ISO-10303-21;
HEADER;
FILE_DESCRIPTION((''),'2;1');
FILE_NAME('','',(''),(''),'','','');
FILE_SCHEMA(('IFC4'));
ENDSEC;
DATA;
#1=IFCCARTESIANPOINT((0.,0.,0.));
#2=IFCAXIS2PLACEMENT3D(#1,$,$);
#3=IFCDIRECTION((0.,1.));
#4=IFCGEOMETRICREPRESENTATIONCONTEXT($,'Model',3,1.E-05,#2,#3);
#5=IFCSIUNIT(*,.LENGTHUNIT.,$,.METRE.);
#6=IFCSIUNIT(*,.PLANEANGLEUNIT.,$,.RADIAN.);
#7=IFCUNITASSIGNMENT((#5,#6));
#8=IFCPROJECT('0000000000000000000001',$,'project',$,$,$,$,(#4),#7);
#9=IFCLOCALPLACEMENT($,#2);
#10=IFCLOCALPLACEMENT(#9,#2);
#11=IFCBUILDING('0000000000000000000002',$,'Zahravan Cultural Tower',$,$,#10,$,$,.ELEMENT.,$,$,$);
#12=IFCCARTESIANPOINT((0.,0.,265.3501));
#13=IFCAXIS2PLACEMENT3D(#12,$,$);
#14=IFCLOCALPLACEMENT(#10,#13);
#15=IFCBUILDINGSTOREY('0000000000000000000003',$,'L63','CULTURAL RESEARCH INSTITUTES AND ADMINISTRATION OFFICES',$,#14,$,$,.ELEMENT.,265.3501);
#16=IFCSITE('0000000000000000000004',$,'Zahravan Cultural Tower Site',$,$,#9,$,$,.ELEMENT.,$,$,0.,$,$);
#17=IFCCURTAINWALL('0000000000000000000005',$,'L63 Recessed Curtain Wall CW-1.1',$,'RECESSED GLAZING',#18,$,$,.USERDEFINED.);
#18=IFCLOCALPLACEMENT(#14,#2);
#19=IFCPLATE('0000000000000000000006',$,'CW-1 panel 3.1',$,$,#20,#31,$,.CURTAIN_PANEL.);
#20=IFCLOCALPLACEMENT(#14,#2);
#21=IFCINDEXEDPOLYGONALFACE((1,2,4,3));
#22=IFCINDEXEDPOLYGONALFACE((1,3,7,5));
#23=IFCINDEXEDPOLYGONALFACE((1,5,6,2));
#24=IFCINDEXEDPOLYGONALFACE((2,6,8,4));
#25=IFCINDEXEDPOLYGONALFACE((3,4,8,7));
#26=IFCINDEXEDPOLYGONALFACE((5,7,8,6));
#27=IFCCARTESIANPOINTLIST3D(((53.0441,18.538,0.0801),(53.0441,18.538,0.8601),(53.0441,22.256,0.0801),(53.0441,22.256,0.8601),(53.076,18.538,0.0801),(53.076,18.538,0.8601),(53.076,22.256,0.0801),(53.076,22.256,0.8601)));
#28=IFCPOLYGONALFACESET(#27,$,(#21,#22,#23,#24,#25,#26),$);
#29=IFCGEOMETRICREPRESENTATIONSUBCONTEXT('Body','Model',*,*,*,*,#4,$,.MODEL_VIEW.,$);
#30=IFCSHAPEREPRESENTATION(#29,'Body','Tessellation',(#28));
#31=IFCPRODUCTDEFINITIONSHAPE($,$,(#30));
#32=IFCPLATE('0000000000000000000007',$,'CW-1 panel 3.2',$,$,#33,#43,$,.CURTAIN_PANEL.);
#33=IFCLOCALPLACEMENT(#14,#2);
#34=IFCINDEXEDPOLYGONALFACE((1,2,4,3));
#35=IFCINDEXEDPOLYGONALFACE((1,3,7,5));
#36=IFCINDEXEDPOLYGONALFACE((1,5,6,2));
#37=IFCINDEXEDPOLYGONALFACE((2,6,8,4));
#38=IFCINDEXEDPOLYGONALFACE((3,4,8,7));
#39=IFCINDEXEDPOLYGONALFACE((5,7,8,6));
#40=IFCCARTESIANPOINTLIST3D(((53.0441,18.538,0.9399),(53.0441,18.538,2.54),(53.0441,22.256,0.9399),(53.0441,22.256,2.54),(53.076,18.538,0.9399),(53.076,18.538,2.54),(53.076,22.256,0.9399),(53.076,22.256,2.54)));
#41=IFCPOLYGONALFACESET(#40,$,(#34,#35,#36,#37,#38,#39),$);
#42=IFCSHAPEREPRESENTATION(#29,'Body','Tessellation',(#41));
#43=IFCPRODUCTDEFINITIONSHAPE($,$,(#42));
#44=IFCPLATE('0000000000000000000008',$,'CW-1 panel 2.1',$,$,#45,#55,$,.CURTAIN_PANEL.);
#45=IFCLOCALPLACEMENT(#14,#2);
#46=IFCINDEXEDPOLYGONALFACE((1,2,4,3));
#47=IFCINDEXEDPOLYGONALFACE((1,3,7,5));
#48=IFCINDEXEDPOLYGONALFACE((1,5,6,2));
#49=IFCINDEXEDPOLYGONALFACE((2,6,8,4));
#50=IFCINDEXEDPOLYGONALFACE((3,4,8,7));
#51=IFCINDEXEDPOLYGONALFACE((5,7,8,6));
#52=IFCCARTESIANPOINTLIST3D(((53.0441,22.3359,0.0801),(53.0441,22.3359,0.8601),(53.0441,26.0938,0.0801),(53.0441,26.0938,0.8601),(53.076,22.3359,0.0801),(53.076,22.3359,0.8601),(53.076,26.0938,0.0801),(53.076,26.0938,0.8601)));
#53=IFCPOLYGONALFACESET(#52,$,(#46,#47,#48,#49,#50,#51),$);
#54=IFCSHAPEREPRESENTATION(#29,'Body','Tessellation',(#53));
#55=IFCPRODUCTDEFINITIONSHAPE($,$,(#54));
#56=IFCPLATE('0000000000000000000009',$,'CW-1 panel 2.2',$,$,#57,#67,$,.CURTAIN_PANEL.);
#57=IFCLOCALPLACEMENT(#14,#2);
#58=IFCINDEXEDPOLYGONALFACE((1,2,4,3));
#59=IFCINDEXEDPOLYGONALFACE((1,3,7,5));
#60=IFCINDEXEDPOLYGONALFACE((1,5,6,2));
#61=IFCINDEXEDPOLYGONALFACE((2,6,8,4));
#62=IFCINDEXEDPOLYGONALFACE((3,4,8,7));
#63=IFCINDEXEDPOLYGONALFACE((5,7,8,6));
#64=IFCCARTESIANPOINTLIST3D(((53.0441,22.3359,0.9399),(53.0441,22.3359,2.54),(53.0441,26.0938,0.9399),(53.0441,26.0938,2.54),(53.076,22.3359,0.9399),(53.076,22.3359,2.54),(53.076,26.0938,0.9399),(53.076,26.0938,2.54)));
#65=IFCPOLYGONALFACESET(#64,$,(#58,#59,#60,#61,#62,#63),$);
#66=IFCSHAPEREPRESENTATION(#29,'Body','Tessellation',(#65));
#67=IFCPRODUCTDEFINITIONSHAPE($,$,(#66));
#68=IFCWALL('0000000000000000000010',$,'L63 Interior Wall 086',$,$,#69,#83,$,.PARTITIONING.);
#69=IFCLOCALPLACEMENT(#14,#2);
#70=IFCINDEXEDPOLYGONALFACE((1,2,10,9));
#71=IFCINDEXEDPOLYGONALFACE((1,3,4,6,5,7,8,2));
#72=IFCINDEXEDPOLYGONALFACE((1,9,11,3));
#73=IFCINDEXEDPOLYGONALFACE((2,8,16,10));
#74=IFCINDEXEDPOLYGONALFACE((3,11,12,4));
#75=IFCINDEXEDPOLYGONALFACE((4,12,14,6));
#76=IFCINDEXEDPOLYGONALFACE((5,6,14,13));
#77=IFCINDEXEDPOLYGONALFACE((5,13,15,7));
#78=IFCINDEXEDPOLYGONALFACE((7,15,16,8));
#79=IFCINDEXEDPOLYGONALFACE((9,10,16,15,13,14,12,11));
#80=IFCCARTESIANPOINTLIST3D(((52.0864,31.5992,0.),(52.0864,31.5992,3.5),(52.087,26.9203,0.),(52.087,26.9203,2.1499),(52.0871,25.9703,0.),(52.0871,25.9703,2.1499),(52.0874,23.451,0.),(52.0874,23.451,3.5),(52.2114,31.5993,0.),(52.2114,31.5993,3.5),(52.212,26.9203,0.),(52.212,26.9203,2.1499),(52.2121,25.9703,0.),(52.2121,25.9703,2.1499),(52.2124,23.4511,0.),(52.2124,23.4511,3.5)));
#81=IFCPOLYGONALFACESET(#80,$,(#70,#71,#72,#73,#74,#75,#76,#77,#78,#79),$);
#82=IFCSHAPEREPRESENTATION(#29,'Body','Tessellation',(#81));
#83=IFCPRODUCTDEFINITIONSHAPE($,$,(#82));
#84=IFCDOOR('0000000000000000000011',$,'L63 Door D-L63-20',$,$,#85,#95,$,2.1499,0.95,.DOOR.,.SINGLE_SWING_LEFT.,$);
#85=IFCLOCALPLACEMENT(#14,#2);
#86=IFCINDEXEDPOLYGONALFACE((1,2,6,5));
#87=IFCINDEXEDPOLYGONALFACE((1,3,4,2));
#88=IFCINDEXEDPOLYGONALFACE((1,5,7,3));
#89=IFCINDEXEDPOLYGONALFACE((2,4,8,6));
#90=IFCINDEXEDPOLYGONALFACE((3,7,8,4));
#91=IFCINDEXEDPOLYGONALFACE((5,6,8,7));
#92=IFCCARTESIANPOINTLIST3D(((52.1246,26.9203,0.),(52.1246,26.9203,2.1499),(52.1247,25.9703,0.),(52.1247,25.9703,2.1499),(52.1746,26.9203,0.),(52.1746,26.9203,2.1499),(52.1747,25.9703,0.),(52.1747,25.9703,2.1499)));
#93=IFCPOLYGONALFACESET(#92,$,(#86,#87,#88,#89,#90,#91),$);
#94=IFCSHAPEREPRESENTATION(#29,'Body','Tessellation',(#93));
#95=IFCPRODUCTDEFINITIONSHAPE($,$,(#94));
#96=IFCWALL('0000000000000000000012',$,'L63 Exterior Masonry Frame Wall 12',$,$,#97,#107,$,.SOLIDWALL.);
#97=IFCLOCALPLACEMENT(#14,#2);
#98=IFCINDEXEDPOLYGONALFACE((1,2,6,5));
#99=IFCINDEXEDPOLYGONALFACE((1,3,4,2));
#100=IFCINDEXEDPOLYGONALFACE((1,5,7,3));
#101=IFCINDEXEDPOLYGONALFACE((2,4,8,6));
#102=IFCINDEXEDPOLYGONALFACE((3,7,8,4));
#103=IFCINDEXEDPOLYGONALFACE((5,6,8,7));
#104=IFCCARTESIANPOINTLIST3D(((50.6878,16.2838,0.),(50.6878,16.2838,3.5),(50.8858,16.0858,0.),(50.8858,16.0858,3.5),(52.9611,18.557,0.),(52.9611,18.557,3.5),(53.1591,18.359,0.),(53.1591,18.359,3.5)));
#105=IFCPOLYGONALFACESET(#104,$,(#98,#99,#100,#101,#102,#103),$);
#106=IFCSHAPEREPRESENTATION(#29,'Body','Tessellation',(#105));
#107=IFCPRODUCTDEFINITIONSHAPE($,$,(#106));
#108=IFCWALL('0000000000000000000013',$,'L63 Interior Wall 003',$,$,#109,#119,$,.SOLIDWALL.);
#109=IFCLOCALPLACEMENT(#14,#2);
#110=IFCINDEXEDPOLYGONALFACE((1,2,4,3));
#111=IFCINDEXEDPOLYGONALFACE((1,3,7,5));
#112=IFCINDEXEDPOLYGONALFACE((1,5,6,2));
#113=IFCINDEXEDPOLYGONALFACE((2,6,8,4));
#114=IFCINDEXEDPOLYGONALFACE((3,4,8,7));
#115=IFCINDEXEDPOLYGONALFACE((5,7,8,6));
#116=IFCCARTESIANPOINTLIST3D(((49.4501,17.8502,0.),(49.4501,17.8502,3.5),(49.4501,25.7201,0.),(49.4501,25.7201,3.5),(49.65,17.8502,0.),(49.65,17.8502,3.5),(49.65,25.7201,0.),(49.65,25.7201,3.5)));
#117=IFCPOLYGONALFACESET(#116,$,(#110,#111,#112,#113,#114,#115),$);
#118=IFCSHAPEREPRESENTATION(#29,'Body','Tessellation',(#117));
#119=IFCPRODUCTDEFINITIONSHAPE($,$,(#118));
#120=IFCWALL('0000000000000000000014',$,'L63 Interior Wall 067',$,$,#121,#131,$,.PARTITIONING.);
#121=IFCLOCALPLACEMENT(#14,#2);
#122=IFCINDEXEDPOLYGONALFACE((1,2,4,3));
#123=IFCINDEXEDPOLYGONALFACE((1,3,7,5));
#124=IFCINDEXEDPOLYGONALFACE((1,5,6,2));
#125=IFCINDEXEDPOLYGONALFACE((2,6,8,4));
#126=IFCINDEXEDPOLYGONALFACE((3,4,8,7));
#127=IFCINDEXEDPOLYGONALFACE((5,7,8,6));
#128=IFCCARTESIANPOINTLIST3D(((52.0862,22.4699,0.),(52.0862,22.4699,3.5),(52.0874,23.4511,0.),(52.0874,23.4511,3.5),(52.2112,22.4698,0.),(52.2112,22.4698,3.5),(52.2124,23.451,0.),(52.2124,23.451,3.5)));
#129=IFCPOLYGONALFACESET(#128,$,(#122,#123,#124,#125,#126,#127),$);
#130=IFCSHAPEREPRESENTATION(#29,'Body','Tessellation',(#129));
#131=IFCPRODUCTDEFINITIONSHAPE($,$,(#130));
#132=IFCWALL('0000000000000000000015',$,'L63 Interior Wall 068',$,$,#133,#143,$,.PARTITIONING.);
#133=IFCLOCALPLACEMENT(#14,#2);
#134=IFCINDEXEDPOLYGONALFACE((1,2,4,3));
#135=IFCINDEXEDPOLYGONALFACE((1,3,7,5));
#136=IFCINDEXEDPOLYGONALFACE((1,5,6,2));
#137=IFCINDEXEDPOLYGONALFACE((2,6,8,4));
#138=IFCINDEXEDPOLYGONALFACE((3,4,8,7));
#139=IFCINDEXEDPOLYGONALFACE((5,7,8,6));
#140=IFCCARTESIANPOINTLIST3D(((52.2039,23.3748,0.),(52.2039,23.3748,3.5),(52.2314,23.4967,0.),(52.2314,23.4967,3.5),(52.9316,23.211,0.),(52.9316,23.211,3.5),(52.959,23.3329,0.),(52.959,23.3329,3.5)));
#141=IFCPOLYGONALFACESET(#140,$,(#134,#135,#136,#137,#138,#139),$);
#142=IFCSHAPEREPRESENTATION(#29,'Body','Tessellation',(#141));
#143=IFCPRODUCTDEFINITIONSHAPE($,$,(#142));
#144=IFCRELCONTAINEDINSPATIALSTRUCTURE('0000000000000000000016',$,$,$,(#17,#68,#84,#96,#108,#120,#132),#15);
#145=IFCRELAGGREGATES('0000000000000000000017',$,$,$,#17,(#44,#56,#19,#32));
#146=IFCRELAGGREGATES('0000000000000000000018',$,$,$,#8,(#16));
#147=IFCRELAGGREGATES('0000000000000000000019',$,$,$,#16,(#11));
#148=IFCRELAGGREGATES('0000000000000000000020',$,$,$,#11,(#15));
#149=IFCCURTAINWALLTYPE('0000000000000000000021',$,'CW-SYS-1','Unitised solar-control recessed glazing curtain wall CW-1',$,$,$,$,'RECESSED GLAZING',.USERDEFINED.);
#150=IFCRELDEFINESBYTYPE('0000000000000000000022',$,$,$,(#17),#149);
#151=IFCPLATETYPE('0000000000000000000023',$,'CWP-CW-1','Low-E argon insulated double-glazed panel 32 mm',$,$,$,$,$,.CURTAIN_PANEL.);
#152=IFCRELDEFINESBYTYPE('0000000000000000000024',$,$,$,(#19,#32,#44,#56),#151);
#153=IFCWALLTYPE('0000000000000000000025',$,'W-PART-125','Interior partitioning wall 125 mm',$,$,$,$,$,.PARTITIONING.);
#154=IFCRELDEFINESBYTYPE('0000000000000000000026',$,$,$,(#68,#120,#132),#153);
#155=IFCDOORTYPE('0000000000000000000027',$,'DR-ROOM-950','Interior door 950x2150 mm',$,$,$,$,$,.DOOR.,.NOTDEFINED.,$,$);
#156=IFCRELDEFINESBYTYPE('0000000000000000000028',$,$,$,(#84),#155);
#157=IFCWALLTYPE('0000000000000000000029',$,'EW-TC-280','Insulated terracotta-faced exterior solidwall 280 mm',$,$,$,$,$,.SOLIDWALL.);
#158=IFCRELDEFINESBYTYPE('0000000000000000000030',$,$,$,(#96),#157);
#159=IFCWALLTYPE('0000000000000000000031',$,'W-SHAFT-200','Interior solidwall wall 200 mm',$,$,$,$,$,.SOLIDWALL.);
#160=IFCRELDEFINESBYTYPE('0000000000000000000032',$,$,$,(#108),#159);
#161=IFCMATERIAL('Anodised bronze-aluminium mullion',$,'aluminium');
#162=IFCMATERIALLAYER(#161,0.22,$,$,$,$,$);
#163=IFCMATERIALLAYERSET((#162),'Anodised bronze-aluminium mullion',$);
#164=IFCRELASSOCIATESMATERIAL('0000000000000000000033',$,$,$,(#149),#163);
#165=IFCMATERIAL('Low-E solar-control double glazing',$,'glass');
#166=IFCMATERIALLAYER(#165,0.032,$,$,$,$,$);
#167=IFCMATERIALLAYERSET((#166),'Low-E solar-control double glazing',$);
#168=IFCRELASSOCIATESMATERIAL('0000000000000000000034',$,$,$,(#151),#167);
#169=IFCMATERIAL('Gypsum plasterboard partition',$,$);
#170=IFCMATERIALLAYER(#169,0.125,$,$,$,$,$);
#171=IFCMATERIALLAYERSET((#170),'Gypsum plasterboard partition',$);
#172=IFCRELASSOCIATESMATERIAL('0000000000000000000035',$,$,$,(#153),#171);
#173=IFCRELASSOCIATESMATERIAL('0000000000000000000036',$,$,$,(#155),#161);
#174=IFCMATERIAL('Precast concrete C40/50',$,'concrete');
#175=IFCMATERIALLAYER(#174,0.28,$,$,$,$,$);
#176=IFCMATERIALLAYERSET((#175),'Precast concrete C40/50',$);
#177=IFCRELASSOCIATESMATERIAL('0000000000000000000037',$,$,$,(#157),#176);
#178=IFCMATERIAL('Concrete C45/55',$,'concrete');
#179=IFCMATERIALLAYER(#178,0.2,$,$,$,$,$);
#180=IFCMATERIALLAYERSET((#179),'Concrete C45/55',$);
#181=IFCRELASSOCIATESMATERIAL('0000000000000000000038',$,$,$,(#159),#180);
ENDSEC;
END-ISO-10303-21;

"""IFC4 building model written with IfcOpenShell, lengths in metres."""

from ifc_helpers import new_model, si_unit, direction, frame, frame_2d, origin, origin_2d, place, context, subcontext, project, spatial, rectangle, extrude, source, transform, mapped, material, layer, layer_set, type_object, element, fill, aggregate, save


model = new_model("IFC4")

# Units and contexts
model_context = context("Model", 3, precision=1e-05, world=origin(), true_north=direction((0.0, 1.0)))
body_context = subcontext(model_context, "Body", "Model", "MODEL_VIEW")
ifc_project = project(units=[si_unit("LENGTHUNIT", "METRE"), si_unit("PLANEANGLEUNIT", "RADIAN")], contexts=[model_context])

# Site, building, storey
site_placement = place(None, origin())
site = spatial("IfcSite", under=ifc_project, at=site_placement, Name="Zahravan Cultural Tower Site", CompositionType="ELEMENT", RefElevation=0.0)
building_placement = place(site_placement, origin())
building = spatial("IfcBuilding", under=site, at=building_placement, Name="Zahravan Cultural Tower", CompositionType="ELEMENT")
storey_placement = place(building_placement, frame((0.0, 0.0, 265.3501)))
storey = spatial("IfcBuildingStorey", under=building, at=storey_placement, Name="L63", Description="CULTURAL RESEARCH INSTITUTES AND ADMINISTRATION OFFICES", CompositionType="ELEMENT", Elevation=265.3501)

# Curtain wall, plates
ifc_material_1 = material(Name="Anodised bronze-aluminium mullion", Category="aluminium")
ifc_layer_1 = layer(ifc_material_1, 0.22)
ifc_layer_set_1 = layer_set([ifc_layer_1], Name="Anodised bronze-aluminium mullion")
curtain_wall_type = type_object("IfcCurtainWallType", Name="CW-SYS-1", Description="Unitised solar-control recessed glazing curtain wall CW-1", ElementType="RECESSED GLAZING", PredefinedType="USERDEFINED", material=ifc_layer_set_1)
curtain_wall_placement = place(storey_placement, origin())
curtain_wall = element("IfcCurtainWall", 1, at=curtain_wall_placement, inside=storey, type_object=curtain_wall_type, Name="L63 Recessed Curtain Wall CW-1.1", ObjectType="RECESSED GLAZING", PredefinedType="USERDEFINED")
ifc_material_2 = material(Name="Low-E solar-control double glazing", Category="glass")
ifc_layer_2 = layer(ifc_material_2, 0.032)
ifc_layer_set_2 = layer_set([ifc_layer_2], Name="Low-E solar-control double glazing")
plate_type = type_object("IfcPlateType", Name="CWP-CW-1", Description="Low-E argon insulated double-glazed panel 32 mm", PredefinedType="CURTAIN_PANEL", material=ifc_layer_set_2)
shared_shape_1 = source(origin(), body_context, "Body", "SweptSolid", [
    extrude(rectangle(XDim=3.718, YDim=0.032, at=origin_2d()), origin(), (0.0, 0.0, 1.0), 0.78),
])
plate_1_placement = place(storey_placement, frame((53.0601, 20.397, 0.0801), z_axis=(0.0, 0.0, 1.0), x_axis=(0.0, -1.0, 0.0)))
plate_1 = element("IfcPlate", 2, at=plate_1_placement, type_object=plate_type, Name="CW-1 panel 3.1", PredefinedType="CURTAIN_PANEL", context=body_context, shape_type="MappedRepresentation", body=[
    mapped(shared_shape_1, transform((0.0, 0.0, 0.0), x_axis=(1.0, 0.0, 0.0), y_axis=(0.0, 1.0, 0.0), z_axis=(0.0, 0.0, 1.0), scale=1.0)),
])
shared_shape_2 = source(origin(), body_context, "Body", "SweptSolid", [
    extrude(rectangle(XDim=3.718, YDim=0.032, at=origin_2d()), origin(), (0.0, 0.0, 1.0), 1.6001),
])
plate_2_placement = place(storey_placement, frame((53.0601, 20.397, 0.9399), z_axis=(0.0, 0.0, 1.0), x_axis=(0.0, -1.0, 0.0)))
plate_2 = element("IfcPlate", 3, at=plate_2_placement, type_object=plate_type, Name="CW-1 panel 3.2", PredefinedType="CURTAIN_PANEL", context=body_context, shape_type="MappedRepresentation", body=[
    mapped(shared_shape_2, transform((0.0, 0.0, 0.0), x_axis=(1.0, 0.0, 0.0), y_axis=(0.0, 1.0, 0.0), z_axis=(0.0, 0.0, 1.0), scale=1.0)),
])
shared_shape_3 = source(origin(), body_context, "Body", "SweptSolid", [
    extrude(rectangle(XDim=3.7578, YDim=0.032, at=origin_2d()), origin(), (0.0, 0.0, 1.0), 0.78),
])
plate_3_placement = place(storey_placement, frame((53.0601, 24.2148, 0.0801), z_axis=(0.0, 0.0, 1.0), x_axis=(0.0, -1.0, 0.0)))
plate_3 = element("IfcPlate", 4, at=plate_3_placement, type_object=plate_type, Name="CW-1 panel 2.1", PredefinedType="CURTAIN_PANEL", context=body_context, shape_type="MappedRepresentation", body=[
    mapped(shared_shape_3, transform((0.0, 0.0, 0.0), x_axis=(1.0, 0.0, 0.0), y_axis=(0.0, 1.0, 0.0), z_axis=(0.0, 0.0, 1.0), scale=1.0)),
])
shared_shape_4 = source(origin(), body_context, "Body", "SweptSolid", [
    extrude(rectangle(XDim=3.7578, YDim=0.032, at=origin_2d()), origin(), (0.0, 0.0, 1.0), 1.6001),
])
plate_4_placement = place(storey_placement, frame((53.0601, 24.2148, 0.9399), z_axis=(0.0, 0.0, 1.0), x_axis=(0.0, -1.0, 0.0)))
plate_4 = element("IfcPlate", 5, at=plate_4_placement, type_object=plate_type, Name="CW-1 panel 2.2", PredefinedType="CURTAIN_PANEL", context=body_context, shape_type="MappedRepresentation", body=[
    mapped(shared_shape_4, transform((0.0, 0.0, 0.0), x_axis=(1.0, 0.0, 0.0), y_axis=(0.0, 1.0, 0.0), z_axis=(0.0, 0.0, 1.0), scale=1.0)),
])
aggregate(curtain_wall, [plate_3, plate_4, plate_1, plate_2])

# Wall, opening, door
ifc_material_3 = material(Name="Gypsum plasterboard partition")
ifc_layer_3 = layer(ifc_material_3, 0.125)
ifc_layer_set_3 = layer_set([ifc_layer_3], Name="Gypsum plasterboard partition")
wall_type_1 = type_object("IfcWallType", Name="W-PART-125", Description="Interior partitioning wall 125 mm", PredefinedType="PARTITIONING", material=ifc_layer_set_3)
door_type = type_object("IfcDoorType", Name="DR-ROOM-950", Description="Interior door 950x2150 mm", OperationType="NOTDEFINED", PredefinedType="DOOR", material=ifc_material_1)
shared_shape_5 = source(origin(), body_context, "Body", "SweptSolid", [
    extrude(rectangle(XDim=0.95, YDim=2.1499, at=frame_2d((0.4751, 1.075))), frame((0.0, 0.0249, 0.0), z_axis=(0.0, -1.0, 0.0), x_axis=(1.0, 0.0, 0.0)), (0.0, 0.0, 1.0), 0.05),
])
wall_1_placement = place(storey_placement, frame((52.1499, 23.4509, 0.0), z_axis=(0.0, 0.0, 1.0), x_axis=(-0.00012, 1.0, 0.0)))
wall_1 = element("IfcWall", 6, at=wall_1_placement, inside=storey, type_object=wall_type_1, Name="L63 Interior Wall 086", PredefinedType="PARTITIONING", context=body_context, shape_type="SweptSolid", body=[
    extrude(rectangle(XDim=8.1482, YDim=0.125, at=frame_2d((4.0742, 0.0))), origin(), (0.0, 0.0, 1.0), 3.5),
])
opening_1_placement = place(wall_1_placement, frame((2.5193, 0.0, 0.0)))
opening_1 = element("IfcOpeningElement", 7, at=opening_1_placement, cuts=wall_1, PredefinedType="OPENING", context=body_context, shape_type="SweptSolid", body=[
    extrude(rectangle(XDim=0.95, YDim=2.1499, at=frame_2d((0.4751, 1.075))), frame((0.0, 0.0725, 0.0), z_axis=(0.0, -1.0, 0.0), x_axis=(1.0, 0.0, 0.0)), (0.0, 0.0, 1.0), 0.145),
])
door_1_placement = place(opening_1_placement, origin())
door_1 = element("IfcDoor", 8, at=door_1_placement, inside=storey, type_object=door_type, Name="L63 Door D-L63-20", OperationType="SINGLE_SWING_LEFT", OverallHeight=2.1499, OverallWidth=0.95, PredefinedType="DOOR", context=body_context, shape_type="MappedRepresentation", body=[
    mapped(shared_shape_5, transform((0.0, 0.0, 0.0), x_axis=(1.0, 0.0, 0.0), y_axis=(0.0, 1.0, 0.0), z_axis=(0.0, 0.0, 1.0), scale=1.0)),
])
fill(opening_1, door_1)

# Walls
ifc_material_4 = material(Name="Precast concrete C40/50", Category="concrete")
ifc_layer_4 = layer(ifc_material_4, 0.28)
ifc_layer_set_4 = layer_set([ifc_layer_4], Name="Precast concrete C40/50")
wall_type_2 = type_object("IfcWallType", Name="EW-TC-280", Description="Insulated terracotta-faced exterior solidwall 280 mm", PredefinedType="SOLIDWALL", material=ifc_layer_set_4)
shared_shape_6 = source(origin(), body_context, "Body", "SweptSolid", [
    extrude(rectangle(XDim=3.2148, YDim=0.28, at=frame_2d((1.6074, 0.0))), origin(), (0.0, 0.0, 1.0), 3.5),
])
wall_2_placement = place(storey_placement, frame((53.0601, 18.458, 0.0), z_axis=(0.0, 0.0, 1.0), x_axis=(-0.707107, -0.707107, 0.0)))
element("IfcWall", 9, at=wall_2_placement, inside=storey, type_object=wall_type_2, Name="L63 Exterior Masonry Frame Wall 12", PredefinedType="SOLIDWALL", context=body_context, shape_type="MappedRepresentation", body=[
    mapped(shared_shape_6, transform((0.0, 0.0, 0.0), x_axis=(1.0, 0.0, 0.0), y_axis=(0.0, 1.0, 0.0), z_axis=(0.0, 0.0, 1.0), scale=1.0)),
])
ifc_material_5 = material(Name="Concrete C45/55", Category="concrete")
ifc_layer_5 = layer(ifc_material_5, 0.2)
ifc_layer_set_5 = layer_set([ifc_layer_5], Name="Concrete C45/55")
wall_type_3 = type_object("IfcWallType", Name="W-SHAFT-200", Description="Interior solidwall wall 200 mm", PredefinedType="SOLIDWALL", material=ifc_layer_set_5)
shared_shape_7 = source(origin(), body_context, "Body", "SweptSolid", [
    extrude(rectangle(XDim=7.8699, YDim=0.2, at=frame_2d((3.9351, 0.0))), origin(), (0.0, 0.0, 1.0), 3.5),
])
wall_3_placement = place(storey_placement, frame((49.55, 17.8501, 0.0), z_axis=(0.0, 0.0, 1.0), x_axis=(0.0, 1.0, 0.0)))
element("IfcWall", 10, at=wall_3_placement, inside=storey, type_object=wall_type_3, Name="L63 Interior Wall 003", PredefinedType="SOLIDWALL", context=body_context, shape_type="MappedRepresentation", body=[
    mapped(shared_shape_7, transform((0.0, 0.0, 0.0), x_axis=(1.0, 0.0, 0.0), y_axis=(0.0, 1.0, 0.0), z_axis=(0.0, 0.0, 1.0), scale=1.0)),
])
shared_shape_8 = source(origin(), body_context, "Body", "SweptSolid", [
    extrude(rectangle(XDim=0.9812, YDim=0.125, at=frame_2d((0.4907, 0.0))), origin(), (0.0, 0.0, 1.0), 3.5),
])
wall_4_placement = place(storey_placement, frame((52.1487, 22.4697, 0.0), z_axis=(0.0, 0.0, 1.0), x_axis=(0.001244, 0.999999, 0.0)))
element("IfcWall", 11, at=wall_4_placement, inside=storey, type_object=wall_type_1, Name="L63 Interior Wall 067", PredefinedType="PARTITIONING", context=body_context, shape_type="MappedRepresentation", body=[
    mapped(shared_shape_8, transform((0.0, 0.0, 0.0), x_axis=(1.0, 0.0, 0.0), y_axis=(0.0, 1.0, 0.0), z_axis=(0.0, 0.0, 1.0), scale=1.0)),
])
shared_shape_9 = source(origin(), body_context, "Body", "SweptSolid", [
    extrude(rectangle(XDim=0.7458, YDim=0.125, at=frame_2d((0.373, 0.0))), origin(), (0.0, 0.0, 1.0), 3.5),
])
wall_5_placement = place(storey_placement, frame((52.2175, 23.4358, 0.0), z_axis=(0.0, 0.0, 1.0), x_axis=(0.975575, -0.219668, 0.0)))
element("IfcWall", 12, at=wall_5_placement, inside=storey, type_object=wall_type_1, Name="L63 Interior Wall 068", PredefinedType="PARTITIONING", context=body_context, shape_type="MappedRepresentation", body=[
    mapped(shared_shape_9, transform((0.0, 0.0, 0.0), x_axis=(1.0, 0.0, 0.0), y_axis=(0.0, 1.0, 0.0), z_axis=(0.0, 0.0, 1.0), scale=1.0)),
])

save(model, "model.ifc")
